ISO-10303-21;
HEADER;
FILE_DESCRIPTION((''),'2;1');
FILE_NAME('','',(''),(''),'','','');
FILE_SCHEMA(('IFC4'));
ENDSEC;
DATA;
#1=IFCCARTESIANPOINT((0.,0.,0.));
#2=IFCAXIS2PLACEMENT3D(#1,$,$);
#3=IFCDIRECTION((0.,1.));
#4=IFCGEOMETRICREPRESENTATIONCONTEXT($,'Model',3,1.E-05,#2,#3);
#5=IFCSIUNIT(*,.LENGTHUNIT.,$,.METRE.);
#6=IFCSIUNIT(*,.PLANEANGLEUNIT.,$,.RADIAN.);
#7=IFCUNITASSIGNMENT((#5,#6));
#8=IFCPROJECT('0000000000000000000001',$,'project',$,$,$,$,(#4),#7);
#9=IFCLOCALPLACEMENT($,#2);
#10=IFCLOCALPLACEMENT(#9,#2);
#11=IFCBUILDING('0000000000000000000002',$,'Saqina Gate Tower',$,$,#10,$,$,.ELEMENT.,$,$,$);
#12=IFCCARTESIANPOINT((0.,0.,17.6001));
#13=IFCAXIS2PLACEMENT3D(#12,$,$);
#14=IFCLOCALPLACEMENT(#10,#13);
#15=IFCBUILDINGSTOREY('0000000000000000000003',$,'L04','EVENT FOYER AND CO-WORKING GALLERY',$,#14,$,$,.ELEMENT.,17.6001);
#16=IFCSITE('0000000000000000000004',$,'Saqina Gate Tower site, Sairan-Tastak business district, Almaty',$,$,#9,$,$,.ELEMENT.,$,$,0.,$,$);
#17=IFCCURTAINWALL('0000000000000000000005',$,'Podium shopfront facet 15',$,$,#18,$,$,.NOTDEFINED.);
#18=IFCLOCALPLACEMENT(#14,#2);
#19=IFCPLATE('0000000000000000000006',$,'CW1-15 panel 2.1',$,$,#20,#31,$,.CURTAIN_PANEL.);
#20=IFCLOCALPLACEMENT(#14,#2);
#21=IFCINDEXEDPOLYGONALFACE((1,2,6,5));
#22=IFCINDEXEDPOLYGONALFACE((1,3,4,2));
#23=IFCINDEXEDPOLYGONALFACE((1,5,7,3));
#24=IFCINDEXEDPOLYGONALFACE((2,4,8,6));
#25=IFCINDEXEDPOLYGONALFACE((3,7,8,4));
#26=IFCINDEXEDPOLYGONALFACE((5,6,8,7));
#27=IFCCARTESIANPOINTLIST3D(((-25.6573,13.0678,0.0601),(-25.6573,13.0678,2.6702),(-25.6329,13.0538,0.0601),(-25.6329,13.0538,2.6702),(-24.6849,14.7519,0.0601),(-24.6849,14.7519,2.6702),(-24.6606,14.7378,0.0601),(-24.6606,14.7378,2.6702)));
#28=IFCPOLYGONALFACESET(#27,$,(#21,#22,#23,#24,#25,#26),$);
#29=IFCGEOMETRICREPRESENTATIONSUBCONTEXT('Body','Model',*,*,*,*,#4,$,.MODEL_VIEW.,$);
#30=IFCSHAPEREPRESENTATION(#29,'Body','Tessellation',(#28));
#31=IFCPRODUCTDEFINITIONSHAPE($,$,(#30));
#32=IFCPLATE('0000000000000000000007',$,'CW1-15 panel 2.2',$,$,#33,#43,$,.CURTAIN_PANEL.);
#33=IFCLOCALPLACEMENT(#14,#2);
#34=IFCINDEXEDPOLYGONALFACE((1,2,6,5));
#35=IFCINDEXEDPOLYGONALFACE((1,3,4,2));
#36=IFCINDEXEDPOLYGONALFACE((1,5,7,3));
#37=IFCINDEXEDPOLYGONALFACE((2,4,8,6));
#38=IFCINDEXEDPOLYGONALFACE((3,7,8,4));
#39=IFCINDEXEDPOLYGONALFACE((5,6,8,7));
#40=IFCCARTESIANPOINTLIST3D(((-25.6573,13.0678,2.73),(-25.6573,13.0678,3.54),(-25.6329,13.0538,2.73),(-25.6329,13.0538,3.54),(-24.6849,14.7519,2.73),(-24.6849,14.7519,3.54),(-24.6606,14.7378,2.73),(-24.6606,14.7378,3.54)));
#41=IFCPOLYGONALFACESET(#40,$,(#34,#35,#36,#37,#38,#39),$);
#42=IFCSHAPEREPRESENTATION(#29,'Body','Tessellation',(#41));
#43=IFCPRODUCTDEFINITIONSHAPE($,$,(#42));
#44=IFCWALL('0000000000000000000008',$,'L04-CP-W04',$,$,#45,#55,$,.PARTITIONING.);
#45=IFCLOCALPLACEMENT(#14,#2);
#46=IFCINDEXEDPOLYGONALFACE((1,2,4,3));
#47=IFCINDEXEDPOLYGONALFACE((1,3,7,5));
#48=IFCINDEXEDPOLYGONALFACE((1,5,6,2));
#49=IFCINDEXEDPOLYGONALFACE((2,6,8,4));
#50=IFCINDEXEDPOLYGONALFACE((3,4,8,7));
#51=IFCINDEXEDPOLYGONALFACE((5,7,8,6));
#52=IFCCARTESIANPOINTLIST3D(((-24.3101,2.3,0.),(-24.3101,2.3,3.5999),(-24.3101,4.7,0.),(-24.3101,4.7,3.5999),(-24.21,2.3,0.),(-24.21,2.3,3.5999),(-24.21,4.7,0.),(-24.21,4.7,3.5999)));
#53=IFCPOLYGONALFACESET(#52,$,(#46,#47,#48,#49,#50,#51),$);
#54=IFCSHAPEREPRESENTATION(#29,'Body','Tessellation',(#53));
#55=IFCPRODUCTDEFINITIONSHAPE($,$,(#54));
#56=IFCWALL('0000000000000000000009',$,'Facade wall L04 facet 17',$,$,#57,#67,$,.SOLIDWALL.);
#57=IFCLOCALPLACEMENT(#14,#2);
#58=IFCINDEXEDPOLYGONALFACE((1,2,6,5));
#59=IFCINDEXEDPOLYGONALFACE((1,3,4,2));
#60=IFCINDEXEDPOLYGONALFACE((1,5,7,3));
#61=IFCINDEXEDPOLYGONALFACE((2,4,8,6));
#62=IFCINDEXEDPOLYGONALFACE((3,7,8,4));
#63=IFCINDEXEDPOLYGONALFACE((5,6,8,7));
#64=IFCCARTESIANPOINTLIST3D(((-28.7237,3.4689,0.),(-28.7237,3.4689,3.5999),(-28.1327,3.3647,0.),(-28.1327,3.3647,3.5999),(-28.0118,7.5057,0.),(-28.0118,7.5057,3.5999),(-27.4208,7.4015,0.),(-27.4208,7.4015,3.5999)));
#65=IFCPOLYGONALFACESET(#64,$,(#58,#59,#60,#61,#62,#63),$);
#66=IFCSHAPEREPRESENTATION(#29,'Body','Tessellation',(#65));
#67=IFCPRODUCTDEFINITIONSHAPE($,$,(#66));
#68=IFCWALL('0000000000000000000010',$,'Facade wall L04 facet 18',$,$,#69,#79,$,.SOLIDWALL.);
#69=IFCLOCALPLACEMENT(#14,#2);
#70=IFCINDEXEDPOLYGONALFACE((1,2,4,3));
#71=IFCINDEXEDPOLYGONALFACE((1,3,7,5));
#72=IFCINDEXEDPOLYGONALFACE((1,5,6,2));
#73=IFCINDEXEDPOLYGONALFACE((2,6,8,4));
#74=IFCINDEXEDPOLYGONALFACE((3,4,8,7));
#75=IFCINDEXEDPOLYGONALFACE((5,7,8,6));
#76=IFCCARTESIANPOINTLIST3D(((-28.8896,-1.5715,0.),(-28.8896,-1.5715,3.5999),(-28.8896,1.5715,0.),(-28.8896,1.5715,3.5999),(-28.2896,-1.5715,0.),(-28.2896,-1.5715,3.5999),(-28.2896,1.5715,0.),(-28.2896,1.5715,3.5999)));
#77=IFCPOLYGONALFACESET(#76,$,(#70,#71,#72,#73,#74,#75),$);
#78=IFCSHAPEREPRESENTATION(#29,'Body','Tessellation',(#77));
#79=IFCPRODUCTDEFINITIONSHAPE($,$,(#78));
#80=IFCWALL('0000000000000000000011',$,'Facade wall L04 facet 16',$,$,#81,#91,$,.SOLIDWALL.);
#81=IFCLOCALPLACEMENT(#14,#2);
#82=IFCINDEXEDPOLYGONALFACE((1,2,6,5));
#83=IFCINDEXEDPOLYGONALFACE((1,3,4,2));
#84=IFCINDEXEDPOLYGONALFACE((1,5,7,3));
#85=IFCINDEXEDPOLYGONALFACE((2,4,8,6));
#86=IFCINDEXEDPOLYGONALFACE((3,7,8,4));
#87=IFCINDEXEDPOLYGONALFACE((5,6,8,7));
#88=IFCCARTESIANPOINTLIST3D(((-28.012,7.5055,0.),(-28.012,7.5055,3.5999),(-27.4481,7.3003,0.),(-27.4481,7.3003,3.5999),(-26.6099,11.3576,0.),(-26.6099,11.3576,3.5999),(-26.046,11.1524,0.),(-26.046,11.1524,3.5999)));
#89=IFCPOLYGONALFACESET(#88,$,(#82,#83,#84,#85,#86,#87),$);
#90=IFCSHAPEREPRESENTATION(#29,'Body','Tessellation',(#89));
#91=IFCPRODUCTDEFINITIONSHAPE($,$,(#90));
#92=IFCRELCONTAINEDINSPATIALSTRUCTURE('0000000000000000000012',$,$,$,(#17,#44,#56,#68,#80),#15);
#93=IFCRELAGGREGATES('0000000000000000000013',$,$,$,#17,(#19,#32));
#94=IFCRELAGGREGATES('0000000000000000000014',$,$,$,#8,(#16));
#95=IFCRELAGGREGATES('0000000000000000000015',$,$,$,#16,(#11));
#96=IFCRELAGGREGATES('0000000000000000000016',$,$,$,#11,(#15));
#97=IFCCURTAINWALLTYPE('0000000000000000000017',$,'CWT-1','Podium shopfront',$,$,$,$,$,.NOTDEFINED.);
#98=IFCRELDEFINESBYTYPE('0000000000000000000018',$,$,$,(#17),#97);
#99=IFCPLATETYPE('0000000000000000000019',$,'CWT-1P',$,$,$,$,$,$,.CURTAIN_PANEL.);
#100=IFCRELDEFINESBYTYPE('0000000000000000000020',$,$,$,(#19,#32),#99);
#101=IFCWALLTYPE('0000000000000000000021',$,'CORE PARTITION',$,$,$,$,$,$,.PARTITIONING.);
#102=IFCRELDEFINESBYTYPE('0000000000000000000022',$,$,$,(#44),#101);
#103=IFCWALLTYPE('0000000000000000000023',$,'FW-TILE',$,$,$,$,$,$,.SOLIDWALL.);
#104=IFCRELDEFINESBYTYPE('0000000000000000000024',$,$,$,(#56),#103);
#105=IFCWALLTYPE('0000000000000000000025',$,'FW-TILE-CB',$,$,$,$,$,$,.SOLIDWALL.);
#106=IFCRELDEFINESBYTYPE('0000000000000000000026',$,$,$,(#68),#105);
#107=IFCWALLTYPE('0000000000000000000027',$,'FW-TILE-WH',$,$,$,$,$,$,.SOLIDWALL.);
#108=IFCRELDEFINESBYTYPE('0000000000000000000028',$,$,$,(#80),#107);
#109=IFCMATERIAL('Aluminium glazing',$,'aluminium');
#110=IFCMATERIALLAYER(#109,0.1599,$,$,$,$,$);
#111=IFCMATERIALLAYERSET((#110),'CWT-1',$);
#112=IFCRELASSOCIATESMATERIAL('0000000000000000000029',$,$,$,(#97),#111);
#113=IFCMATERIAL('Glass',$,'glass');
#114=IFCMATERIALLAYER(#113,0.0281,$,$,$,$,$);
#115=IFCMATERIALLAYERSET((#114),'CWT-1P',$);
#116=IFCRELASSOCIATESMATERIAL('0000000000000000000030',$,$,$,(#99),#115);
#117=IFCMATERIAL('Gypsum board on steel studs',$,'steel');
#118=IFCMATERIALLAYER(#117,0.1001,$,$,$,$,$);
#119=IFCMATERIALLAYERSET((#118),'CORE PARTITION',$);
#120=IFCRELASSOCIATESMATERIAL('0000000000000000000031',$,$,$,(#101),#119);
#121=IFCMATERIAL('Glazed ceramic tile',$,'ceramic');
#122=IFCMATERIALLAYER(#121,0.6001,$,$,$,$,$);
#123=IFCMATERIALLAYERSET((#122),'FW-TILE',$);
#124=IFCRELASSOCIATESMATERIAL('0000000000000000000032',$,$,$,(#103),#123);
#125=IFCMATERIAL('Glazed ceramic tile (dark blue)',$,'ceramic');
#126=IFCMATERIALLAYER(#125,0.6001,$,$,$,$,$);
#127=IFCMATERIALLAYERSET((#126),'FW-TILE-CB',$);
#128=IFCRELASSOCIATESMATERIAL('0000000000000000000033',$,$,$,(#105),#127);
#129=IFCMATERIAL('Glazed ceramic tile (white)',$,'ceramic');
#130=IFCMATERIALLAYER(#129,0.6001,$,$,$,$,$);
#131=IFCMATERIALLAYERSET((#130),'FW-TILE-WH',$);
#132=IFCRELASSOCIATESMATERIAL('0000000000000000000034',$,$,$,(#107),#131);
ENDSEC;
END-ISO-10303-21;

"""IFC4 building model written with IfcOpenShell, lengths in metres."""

from ifc_helpers import new_model, si_unit, direction, frame, frame_2d, origin, origin_2d, place, context, subcontext, project, spatial, rectangle, extrude, material, layer, layer_set, type_object, element, aggregate, save


model = new_model("IFC4")

# Units and contexts
model_context = context("Model", 3, precision=1e-05, world=origin(), true_north=direction((0.0, 1.0)))
body_context = subcontext(model_context, "Body", "Model", "MODEL_VIEW")
ifc_project = project(units=[si_unit("LENGTHUNIT", "METRE"), si_unit("PLANEANGLEUNIT", "RADIAN")], contexts=[model_context])

# Site, building, storey
site_placement = place(None, origin())
site = spatial("IfcSite", under=ifc_project, at=site_placement, Name="Saqina Gate Tower site, Sairan-Tastak business district, Almaty", CompositionType="ELEMENT", RefElevation=0.0)
building_placement = place(site_placement, origin())
building = spatial("IfcBuilding", under=site, at=building_placement, Name="Saqina Gate Tower", CompositionType="ELEMENT")
storey_placement = place(building_placement, frame((0.0, 0.0, 17.6001)))
storey = spatial("IfcBuildingStorey", under=building, at=storey_placement, Name="L04", Description="EVENT FOYER AND CO-WORKING GALLERY", CompositionType="ELEMENT", Elevation=17.6001)

# Shared definitions
ifc_material_1 = material(Name="Aluminium glazing", Category="aluminium")
ifc_layer_1 = layer(ifc_material_1, 0.1599)
ifc_layer_set_1 = layer_set([ifc_layer_1], Name="CWT-1")
curtain_wall_type = type_object("IfcCurtainWallType", Name="CWT-1", Description="Podium shopfront", PredefinedType="NOTDEFINED", material=ifc_layer_set_1)

# Curtain wall, plates
curtain_wall_1_placement = place(storey_placement, origin())
curtain_wall_1 = element("IfcCurtainWall", 1, at=curtain_wall_1_placement, inside=storey, type_object=curtain_wall_type, Name="Podium shopfront facet 15", PredefinedType="NOTDEFINED")
ifc_material_2 = material(Name="Glass", Category="glass")
ifc_layer_2 = layer(ifc_material_2, 0.0281)
ifc_layer_set_2 = layer_set([ifc_layer_2], Name="CWT-1P")
plate_type = type_object("IfcPlateType", Name="CWT-1P", PredefinedType="CURTAIN_PANEL", material=ifc_layer_set_2)
plate_1_placement = place(storey_placement, frame((-25.1589, 13.9028, 0.0601), z_axis=(0.0, 0.0, 1.0), x_axis=(-0.500014, -0.866017, 0.0)))
plate_1 = element("IfcPlate", 2, at=plate_1_placement, type_object=plate_type, Name="CW1-15 panel 2.1", PredefinedType="CURTAIN_PANEL", context=body_context, shape_type="SweptSolid", body=[
    extrude(rectangle(XDim=1.9446, YDim=0.0281, at=origin_2d()), origin(), (0.0, 0.0, 1.0), 2.6101),
])
plate_2_placement = place(storey_placement, frame((-25.1589, 13.9028, 2.73), z_axis=(0.0, 0.0, 1.0), x_axis=(-0.500014, -0.866017, 0.0)))
plate_2 = element("IfcPlate", 3, at=plate_2_placement, type_object=plate_type, Name="CW1-15 panel 2.2", PredefinedType="CURTAIN_PANEL", context=body_context, shape_type="SweptSolid", body=[
    extrude(rectangle(XDim=1.9446, YDim=0.0281, at=origin_2d()), origin(), (0.0, 0.0, 1.0), 0.8101),
])
aggregate(curtain_wall_1, [plate_1, plate_2])

# Walls
ifc_material_3 = material(Name="Gypsum board on steel studs", Category="steel")
ifc_layer_3 = layer(ifc_material_3, 0.1001)
ifc_layer_set_3 = layer_set([ifc_layer_3], Name="CORE PARTITION")
wall_type_1 = type_object("IfcWallType", Name="CORE PARTITION", PredefinedType="PARTITIONING", material=ifc_layer_set_3)
wall_1_placement = place(storey_placement, frame((-24.26, 2.3, 0.0), z_axis=(0.0, 0.0, 1.0), x_axis=(0.0, 1.0, 0.0)))
element("IfcWall", 4, at=wall_1_placement, inside=storey, type_object=wall_type_1, Name="L04-CP-W04", PredefinedType="PARTITIONING", context=body_context, shape_type="SweptSolid", body=[
    extrude(rectangle(XDim=2.3999, YDim=0.1001, at=frame_2d((1.2, 0.0))), origin(), (0.0, 0.0, 1.0), 3.5999),
])
ifc_material_4 = material(Name="Glazed ceramic tile", Category="ceramic")
ifc_layer_4 = layer(ifc_material_4, 0.6001)
ifc_layer_set_4 = layer_set([ifc_layer_4], Name="FW-TILE")
wall_type_2 = type_object("IfcWallType", Name="FW-TILE", PredefinedType="SOLIDWALL", material=ifc_layer_set_4)
wall_2_placement = place(storey_placement, frame((-27.7163, 7.4536, 0.0), z_axis=(0.0, 0.0, 1.0), x_axis=(-0.173673, -0.984803, 0.0)))
element("IfcWall", 5, at=wall_2_placement, inside=storey, type_object=wall_type_2, Name="Facade wall L04 facet 17", PredefinedType="SOLIDWALL", context=body_context, shape_type="SweptSolid", body=[
    extrude(rectangle(XDim=4.0991, YDim=0.6001, at=frame_2d((2.0496, 0.0))), origin(), (0.0, 0.0, 1.0), 3.5999),
])
ifc_material_5 = material(Name="Glazed ceramic tile (dark blue)", Category="ceramic")
ifc_layer_5 = layer(ifc_material_5, 0.6001)
ifc_layer_set_5 = layer_set([ifc_layer_5], Name="FW-TILE-CB")
wall_type_3 = type_object("IfcWallType", Name="FW-TILE-CB", PredefinedType="SOLIDWALL", material=ifc_layer_set_5)
wall_3_placement = place(storey_placement, frame((-28.5896, 1.5715, 0.0), z_axis=(0.0, 0.0, 1.0), x_axis=(0.0, -1.0, 0.0)))
element("IfcWall", 6, at=wall_3_placement, inside=storey, type_object=wall_type_3, Name="Facade wall L04 facet 18", PredefinedType="SOLIDWALL", context=body_context, shape_type="SweptSolid", body=[
    extrude(rectangle(XDim=3.1431, YDim=0.6001, at=frame_2d((1.5715, 0.0))), origin(), (0.0, 0.0, 1.0), 3.5999),
])
ifc_material_6 = material(Name="Glazed ceramic tile (white)", Category="ceramic")
ifc_layer_6 = layer(ifc_material_6, 0.6001)
ifc_layer_set_6 = layer_set([ifc_layer_6], Name="FW-TILE-WH")
wall_type_4 = type_object("IfcWallType", Name="FW-TILE-WH", PredefinedType="SOLIDWALL", material=ifc_layer_set_6)
wall_4_placement = place(storey_placement, frame((-26.3279, 11.2551, 0.0), z_axis=(0.0, 0.0, 1.0), x_axis=(-0.342035, -0.939687, 0.0)))
element("IfcWall", 7, at=wall_4_placement, inside=storey, type_object=wall_type_4, Name="Facade wall L04 facet 16", PredefinedType="SOLIDWALL", context=body_context, shape_type="SweptSolid", body=[
    extrude(rectangle(XDim=4.0994, YDim=0.6001, at=frame_2d((2.0498, 0.0))), origin(), (0.0, 0.0, 1.0), 3.5999),
])

save(model, "model.ifc")
